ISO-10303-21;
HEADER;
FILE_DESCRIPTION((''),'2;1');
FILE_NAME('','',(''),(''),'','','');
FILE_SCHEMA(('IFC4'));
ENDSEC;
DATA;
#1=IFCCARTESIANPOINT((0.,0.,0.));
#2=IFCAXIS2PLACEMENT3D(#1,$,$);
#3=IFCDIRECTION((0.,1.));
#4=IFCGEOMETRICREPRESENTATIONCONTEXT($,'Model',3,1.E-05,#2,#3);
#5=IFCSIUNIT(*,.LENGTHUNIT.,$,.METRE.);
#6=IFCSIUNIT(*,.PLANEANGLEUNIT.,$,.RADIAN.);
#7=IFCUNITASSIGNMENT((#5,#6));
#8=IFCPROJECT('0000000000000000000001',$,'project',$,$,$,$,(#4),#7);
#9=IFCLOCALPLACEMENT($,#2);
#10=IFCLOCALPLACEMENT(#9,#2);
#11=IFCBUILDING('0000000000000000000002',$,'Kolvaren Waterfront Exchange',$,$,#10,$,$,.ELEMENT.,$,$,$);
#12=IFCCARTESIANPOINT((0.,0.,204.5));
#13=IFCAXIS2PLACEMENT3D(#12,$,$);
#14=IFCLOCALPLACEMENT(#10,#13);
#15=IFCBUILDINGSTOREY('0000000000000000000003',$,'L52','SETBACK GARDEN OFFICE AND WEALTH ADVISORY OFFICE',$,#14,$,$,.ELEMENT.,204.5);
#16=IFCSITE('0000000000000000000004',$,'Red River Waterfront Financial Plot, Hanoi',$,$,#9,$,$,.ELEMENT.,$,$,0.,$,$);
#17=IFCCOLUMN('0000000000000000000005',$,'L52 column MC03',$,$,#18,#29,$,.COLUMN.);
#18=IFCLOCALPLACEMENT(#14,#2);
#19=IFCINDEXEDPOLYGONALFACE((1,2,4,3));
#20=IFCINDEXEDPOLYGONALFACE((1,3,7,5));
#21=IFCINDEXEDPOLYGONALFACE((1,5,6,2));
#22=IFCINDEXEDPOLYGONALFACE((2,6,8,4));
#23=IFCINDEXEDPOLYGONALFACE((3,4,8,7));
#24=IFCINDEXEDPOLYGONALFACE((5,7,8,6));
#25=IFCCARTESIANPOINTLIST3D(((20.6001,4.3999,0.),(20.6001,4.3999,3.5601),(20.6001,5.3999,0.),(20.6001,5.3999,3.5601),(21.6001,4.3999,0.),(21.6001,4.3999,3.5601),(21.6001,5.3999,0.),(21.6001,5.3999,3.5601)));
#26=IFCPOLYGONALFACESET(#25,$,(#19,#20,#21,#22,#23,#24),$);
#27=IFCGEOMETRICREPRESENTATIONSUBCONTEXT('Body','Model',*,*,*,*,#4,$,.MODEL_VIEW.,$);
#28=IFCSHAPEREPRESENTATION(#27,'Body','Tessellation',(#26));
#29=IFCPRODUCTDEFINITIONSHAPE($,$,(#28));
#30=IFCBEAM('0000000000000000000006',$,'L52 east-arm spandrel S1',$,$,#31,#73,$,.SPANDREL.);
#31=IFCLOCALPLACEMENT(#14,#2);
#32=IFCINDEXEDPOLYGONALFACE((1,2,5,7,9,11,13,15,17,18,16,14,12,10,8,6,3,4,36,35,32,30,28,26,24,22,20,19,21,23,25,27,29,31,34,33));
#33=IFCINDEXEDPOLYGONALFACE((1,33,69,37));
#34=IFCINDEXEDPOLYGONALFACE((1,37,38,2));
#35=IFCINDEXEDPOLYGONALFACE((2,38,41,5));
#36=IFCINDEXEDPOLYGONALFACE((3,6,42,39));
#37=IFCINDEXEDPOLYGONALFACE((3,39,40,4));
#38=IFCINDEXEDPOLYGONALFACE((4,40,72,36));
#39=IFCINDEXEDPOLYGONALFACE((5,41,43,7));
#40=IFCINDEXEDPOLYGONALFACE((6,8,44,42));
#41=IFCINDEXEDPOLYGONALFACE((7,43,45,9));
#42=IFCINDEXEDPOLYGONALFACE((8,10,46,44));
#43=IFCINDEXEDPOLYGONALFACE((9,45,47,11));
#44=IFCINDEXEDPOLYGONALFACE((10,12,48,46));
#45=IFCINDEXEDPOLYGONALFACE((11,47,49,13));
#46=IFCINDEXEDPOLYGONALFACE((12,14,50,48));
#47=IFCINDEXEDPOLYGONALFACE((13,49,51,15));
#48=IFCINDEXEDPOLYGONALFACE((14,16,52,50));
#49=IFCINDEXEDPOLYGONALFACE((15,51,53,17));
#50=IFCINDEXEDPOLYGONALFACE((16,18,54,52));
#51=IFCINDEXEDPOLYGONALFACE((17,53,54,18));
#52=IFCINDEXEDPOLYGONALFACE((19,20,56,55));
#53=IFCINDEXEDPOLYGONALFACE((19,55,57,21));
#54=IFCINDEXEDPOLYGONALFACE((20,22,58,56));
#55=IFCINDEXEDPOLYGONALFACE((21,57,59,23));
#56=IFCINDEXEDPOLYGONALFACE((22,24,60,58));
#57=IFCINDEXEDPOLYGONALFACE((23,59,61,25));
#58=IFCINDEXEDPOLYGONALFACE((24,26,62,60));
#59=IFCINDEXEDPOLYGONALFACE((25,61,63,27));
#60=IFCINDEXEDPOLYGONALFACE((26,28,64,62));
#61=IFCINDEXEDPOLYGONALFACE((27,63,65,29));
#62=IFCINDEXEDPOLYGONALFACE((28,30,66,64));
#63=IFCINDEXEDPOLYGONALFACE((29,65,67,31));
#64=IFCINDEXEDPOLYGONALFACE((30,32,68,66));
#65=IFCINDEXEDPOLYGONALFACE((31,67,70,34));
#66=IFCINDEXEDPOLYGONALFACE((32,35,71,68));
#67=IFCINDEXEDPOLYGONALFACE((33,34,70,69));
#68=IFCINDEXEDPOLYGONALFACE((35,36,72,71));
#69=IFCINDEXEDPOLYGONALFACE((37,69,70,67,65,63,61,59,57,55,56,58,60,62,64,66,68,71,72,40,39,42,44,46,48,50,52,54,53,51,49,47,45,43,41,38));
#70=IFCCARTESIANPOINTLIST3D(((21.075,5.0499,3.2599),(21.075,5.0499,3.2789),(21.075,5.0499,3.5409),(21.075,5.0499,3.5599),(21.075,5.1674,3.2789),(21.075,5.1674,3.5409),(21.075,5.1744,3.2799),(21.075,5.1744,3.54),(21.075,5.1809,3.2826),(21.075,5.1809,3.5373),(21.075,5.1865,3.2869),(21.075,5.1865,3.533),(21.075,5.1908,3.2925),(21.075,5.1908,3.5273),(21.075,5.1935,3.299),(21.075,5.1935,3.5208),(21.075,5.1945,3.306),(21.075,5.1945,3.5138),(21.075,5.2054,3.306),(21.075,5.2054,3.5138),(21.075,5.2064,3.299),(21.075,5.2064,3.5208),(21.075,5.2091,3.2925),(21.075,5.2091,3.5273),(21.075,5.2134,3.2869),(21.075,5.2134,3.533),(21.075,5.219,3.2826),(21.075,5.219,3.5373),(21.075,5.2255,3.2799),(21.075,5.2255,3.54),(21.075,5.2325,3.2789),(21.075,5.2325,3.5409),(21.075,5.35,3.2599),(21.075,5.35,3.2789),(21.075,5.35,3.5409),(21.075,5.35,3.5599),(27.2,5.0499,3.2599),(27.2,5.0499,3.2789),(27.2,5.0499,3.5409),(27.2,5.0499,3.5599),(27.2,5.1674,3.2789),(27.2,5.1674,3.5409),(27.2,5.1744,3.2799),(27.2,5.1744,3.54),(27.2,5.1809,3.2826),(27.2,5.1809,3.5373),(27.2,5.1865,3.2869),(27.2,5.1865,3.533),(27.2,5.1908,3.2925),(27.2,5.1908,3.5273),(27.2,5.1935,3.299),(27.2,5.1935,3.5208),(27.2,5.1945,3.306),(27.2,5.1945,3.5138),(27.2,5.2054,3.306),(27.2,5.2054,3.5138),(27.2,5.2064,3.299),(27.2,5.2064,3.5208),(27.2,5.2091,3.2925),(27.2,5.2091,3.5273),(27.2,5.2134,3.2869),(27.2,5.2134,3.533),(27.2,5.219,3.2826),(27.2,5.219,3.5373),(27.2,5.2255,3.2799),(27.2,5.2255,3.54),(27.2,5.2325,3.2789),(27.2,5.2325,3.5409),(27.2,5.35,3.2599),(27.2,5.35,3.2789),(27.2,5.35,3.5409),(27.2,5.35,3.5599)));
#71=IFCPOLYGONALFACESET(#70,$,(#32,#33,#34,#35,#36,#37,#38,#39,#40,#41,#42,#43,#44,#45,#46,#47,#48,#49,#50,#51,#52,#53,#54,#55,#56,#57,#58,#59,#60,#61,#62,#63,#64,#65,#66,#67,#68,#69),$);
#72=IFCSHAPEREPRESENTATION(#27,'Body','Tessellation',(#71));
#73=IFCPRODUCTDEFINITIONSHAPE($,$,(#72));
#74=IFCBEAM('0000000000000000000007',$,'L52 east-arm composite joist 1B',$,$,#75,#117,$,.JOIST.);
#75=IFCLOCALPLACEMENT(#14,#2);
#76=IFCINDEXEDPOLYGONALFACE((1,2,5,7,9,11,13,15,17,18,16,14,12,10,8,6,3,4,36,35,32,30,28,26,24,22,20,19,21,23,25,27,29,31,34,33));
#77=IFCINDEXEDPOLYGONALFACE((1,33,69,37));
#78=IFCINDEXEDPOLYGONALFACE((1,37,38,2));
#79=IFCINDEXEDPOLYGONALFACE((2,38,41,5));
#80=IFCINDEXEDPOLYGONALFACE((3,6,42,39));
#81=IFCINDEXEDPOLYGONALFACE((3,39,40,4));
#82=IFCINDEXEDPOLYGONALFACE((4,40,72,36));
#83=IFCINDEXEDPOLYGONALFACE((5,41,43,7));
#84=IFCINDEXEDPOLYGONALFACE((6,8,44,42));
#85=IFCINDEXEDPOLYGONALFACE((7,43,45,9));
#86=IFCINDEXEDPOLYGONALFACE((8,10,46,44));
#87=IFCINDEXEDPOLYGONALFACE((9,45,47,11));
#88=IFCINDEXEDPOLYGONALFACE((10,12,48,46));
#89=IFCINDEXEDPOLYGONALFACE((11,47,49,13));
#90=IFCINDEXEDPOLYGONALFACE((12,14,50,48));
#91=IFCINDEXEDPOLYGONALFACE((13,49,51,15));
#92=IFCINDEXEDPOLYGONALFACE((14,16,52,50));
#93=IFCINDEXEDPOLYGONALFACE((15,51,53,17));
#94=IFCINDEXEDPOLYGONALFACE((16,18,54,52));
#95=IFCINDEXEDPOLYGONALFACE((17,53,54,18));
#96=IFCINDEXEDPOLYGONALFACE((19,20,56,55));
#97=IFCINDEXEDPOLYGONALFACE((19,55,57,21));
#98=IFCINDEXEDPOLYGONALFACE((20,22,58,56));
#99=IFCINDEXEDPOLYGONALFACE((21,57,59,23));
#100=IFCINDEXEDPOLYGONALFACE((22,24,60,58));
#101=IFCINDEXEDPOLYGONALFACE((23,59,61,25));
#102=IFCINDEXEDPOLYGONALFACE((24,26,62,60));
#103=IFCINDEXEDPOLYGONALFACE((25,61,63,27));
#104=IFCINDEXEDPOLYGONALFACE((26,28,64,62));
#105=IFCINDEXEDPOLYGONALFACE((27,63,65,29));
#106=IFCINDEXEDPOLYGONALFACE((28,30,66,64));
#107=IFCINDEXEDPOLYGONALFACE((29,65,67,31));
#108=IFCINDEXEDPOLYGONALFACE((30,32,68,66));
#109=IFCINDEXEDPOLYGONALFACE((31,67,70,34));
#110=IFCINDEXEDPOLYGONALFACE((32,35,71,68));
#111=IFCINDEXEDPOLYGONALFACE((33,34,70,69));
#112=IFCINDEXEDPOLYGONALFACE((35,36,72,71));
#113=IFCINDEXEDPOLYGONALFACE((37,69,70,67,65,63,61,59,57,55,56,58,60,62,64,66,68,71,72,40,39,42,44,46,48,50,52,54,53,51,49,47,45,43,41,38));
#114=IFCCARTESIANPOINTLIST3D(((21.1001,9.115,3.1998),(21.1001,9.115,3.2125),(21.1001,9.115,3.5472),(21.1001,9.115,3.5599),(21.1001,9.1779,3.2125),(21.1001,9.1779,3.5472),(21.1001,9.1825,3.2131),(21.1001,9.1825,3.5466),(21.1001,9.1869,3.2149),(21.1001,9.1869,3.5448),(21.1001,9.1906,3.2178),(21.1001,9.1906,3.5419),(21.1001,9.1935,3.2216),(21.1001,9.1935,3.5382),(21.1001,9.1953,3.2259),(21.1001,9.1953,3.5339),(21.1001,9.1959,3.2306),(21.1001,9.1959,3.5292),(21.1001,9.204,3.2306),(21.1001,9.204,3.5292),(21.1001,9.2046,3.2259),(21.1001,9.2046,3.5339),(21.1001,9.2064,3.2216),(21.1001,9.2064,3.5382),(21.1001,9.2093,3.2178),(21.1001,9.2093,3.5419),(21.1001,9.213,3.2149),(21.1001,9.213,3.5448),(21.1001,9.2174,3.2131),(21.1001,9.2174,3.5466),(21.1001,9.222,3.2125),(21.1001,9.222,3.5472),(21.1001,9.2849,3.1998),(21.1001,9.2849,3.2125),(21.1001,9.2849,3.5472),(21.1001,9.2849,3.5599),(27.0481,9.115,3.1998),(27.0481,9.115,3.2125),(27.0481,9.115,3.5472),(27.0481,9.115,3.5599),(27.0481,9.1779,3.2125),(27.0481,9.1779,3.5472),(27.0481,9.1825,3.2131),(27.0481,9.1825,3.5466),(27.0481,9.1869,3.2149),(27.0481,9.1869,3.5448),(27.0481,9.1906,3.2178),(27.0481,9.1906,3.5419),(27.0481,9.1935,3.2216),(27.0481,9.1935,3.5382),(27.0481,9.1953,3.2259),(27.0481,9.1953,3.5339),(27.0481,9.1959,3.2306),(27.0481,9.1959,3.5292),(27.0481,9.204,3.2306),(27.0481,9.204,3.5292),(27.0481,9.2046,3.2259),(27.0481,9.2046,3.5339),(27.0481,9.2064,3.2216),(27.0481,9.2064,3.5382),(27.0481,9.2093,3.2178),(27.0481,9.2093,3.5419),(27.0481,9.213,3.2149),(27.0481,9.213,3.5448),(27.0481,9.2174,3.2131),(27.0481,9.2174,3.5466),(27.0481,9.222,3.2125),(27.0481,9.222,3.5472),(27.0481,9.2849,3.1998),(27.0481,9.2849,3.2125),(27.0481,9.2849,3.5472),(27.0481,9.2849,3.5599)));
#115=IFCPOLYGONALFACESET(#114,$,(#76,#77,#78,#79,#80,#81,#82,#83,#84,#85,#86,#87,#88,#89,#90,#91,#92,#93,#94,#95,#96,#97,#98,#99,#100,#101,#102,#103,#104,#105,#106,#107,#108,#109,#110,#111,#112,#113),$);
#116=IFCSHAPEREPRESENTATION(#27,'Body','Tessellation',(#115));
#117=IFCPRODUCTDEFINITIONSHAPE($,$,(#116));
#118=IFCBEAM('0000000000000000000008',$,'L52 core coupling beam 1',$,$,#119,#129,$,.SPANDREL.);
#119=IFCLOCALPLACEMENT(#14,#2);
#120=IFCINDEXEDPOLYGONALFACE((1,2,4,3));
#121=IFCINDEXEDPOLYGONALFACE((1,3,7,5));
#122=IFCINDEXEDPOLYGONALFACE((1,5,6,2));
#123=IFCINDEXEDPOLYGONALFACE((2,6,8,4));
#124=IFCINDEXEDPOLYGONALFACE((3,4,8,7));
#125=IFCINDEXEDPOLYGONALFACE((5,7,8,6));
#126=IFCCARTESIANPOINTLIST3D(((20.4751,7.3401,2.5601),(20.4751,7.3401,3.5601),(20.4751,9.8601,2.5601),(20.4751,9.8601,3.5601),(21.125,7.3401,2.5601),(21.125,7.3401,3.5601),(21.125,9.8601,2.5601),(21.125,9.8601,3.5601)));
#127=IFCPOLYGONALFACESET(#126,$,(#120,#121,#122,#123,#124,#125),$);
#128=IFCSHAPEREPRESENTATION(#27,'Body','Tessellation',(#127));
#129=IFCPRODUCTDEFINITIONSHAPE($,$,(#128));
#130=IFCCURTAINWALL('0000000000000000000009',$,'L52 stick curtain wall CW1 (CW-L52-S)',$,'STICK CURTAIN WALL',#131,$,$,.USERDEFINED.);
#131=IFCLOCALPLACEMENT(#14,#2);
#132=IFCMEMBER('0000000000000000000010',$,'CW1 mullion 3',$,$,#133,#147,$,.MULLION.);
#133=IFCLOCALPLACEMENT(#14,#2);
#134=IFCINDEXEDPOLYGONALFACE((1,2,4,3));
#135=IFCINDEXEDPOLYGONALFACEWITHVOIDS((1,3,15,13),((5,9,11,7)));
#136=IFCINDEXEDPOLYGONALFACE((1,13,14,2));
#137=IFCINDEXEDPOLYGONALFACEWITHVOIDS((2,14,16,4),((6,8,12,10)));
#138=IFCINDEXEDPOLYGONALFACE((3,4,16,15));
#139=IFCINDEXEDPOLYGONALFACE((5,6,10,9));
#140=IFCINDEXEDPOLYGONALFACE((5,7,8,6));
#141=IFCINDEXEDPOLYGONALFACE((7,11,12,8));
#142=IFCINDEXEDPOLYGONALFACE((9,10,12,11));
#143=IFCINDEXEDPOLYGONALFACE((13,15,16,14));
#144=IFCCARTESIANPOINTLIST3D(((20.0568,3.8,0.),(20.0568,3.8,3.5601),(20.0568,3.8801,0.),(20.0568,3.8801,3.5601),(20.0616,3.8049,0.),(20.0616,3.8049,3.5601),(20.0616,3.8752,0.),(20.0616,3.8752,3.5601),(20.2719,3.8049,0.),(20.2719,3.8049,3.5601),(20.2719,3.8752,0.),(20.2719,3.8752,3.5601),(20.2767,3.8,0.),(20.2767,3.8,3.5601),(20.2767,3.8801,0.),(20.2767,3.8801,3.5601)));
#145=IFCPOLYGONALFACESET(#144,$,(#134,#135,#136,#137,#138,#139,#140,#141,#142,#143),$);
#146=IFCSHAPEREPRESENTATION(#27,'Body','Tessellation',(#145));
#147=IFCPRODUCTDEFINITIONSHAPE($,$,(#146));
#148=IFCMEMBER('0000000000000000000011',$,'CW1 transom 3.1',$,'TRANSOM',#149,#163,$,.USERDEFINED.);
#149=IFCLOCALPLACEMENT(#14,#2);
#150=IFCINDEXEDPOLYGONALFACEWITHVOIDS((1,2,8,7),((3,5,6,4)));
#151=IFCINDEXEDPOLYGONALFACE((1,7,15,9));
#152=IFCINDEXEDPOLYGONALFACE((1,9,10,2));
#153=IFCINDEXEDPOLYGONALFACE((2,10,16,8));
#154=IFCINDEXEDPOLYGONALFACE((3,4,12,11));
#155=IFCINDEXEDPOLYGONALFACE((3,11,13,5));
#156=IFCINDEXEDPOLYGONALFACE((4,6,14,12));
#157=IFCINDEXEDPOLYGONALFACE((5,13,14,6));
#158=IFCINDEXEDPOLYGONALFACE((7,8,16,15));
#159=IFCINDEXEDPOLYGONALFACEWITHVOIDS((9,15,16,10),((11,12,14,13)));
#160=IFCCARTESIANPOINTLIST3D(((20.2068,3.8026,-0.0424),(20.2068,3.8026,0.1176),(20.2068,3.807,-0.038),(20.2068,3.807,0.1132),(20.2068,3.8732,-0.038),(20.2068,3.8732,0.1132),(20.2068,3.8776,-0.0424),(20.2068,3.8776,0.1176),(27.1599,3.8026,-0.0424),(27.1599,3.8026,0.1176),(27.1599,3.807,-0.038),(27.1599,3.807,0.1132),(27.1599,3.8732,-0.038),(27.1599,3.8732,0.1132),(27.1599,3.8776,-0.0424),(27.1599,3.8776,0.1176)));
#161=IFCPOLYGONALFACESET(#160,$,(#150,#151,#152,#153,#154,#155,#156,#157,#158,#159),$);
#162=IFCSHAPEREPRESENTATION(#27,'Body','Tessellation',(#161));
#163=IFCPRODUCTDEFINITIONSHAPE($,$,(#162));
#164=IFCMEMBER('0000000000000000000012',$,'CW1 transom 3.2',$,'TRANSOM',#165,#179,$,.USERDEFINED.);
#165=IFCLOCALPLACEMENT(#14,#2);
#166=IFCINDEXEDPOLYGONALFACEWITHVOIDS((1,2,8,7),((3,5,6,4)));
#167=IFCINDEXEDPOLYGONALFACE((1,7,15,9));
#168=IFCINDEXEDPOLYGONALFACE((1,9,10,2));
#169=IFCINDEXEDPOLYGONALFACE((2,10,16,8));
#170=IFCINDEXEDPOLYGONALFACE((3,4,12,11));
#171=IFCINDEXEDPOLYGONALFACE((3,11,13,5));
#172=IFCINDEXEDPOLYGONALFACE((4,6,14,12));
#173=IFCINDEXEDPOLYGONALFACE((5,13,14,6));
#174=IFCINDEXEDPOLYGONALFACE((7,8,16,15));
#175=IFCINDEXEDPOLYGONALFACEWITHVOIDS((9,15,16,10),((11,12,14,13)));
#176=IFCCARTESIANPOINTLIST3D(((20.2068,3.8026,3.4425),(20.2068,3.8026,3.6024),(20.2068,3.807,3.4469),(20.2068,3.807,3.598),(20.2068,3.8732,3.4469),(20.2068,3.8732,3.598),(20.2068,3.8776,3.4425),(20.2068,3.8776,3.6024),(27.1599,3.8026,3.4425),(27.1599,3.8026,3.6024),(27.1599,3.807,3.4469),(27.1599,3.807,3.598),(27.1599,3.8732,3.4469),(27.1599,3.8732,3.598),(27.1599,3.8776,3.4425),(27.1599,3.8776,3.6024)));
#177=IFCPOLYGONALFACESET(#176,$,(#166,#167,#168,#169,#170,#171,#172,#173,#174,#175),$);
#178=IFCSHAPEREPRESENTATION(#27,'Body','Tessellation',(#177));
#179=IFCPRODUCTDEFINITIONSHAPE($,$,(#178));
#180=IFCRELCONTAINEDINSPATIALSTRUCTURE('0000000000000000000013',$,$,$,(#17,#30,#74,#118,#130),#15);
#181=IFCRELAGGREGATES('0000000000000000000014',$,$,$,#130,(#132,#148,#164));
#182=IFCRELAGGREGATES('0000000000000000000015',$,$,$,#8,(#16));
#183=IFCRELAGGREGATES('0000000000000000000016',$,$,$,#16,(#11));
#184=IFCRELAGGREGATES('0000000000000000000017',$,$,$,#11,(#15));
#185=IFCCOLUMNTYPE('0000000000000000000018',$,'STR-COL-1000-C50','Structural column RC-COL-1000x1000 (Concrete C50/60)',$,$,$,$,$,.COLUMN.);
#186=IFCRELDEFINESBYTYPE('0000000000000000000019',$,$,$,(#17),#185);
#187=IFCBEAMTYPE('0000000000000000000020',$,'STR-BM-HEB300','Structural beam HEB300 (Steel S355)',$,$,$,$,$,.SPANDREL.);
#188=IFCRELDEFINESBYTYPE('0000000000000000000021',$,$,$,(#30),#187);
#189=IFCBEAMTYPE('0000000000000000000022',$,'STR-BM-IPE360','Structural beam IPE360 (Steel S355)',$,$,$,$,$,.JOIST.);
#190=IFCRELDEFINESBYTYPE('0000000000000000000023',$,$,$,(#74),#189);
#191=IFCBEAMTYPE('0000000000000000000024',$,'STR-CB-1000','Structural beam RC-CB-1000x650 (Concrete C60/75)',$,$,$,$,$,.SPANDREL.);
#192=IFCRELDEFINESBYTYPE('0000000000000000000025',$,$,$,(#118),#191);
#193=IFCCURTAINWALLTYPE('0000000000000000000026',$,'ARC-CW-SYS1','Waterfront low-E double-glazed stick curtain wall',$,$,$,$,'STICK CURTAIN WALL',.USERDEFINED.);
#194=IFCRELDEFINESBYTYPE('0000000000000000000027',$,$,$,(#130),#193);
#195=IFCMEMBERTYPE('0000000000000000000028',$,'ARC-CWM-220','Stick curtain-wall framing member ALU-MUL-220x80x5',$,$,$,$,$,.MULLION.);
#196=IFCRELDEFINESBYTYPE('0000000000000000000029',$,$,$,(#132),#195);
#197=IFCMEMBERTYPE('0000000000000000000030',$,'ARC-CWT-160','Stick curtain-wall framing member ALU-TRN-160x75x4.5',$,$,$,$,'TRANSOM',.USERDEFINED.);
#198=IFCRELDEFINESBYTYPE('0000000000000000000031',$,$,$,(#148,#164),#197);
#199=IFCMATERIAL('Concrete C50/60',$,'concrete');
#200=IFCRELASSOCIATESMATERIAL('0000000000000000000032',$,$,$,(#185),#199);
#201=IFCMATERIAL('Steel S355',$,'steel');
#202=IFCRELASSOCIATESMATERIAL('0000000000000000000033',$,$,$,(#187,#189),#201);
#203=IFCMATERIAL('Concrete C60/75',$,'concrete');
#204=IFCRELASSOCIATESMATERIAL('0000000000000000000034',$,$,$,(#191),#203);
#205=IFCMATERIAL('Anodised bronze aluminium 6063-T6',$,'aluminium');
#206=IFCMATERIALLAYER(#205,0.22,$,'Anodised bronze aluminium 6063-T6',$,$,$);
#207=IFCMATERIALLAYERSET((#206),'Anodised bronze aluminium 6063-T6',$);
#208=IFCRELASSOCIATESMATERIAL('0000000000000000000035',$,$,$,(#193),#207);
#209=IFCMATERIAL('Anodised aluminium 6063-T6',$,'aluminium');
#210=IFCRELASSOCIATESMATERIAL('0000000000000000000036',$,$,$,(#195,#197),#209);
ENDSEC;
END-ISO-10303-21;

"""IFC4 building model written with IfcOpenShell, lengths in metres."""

from ifc_helpers import new_model, si_unit, direction, frame, origin, origin_with_axes, origin_2d, place, context, subcontext, project, spatial, rectangle, hollow_rectangle, i_section, extrude, source, transform, mapped, material, layer, layer_set, material_profile, profile_set, type_object, element, aggregate, save


model = new_model("IFC4")

# Units and contexts
model_context = context("Model", 3, precision=1e-05, world=origin(), true_north=direction((0.0, 1.0)))
body_context = subcontext(model_context, "Body", "Model", "MODEL_VIEW")
ifc_project = project(units=[si_unit("LENGTHUNIT", "METRE"), si_unit("PLANEANGLEUNIT", "RADIAN")], contexts=[model_context])

# Site, building, storey
site_placement = place(None, origin())
site = spatial("IfcSite", under=ifc_project, at=site_placement, Name="Red River Waterfront Financial Plot, Hanoi", CompositionType="ELEMENT", RefElevation=0.0)
building_placement = place(site_placement, origin())
building = spatial("IfcBuilding", under=site, at=building_placement, Name="Kolvaren Waterfront Exchange", CompositionType="ELEMENT")
storey_placement = place(building_placement, frame((0.0, 0.0, 204.5)))
storey = spatial("IfcBuildingStorey", under=building, at=storey_placement, Name="L52", Description="SETBACK GARDEN OFFICE AND WEALTH ADVISORY OFFICE", CompositionType="ELEMENT", Elevation=204.5)

# Column
ifc_material_1 = material(Name="Concrete C50/60", Category="concrete")
ifc_material_profile_1 = material_profile(ifc_material_1, rectangle(XDim=1.0, YDim=1.0, at=origin_2d()), Name="RC-COL-1000x1000")
ifc_profile_set_1 = profile_set([ifc_material_profile_1], Name="Concrete C50/60")
column_type = type_object("IfcColumnType", Name="STR-COL-1000-C50", Description="Structural column RC-COL-1000x1000 (Concrete C50/60)", PredefinedType="COLUMN", material=ifc_profile_set_1)
column_placement = place(storey_placement, frame((21.1001, 4.8999, 0.0), z_axis=(0.0, 0.0, 1.0), x_axis=(1.0, 0.0, 0.0)))
element("IfcColumn", 1, at=column_placement, inside=storey, type_object=column_type, Name="L52 column MC03", PredefinedType="COLUMN", context=body_context, shape_type="SweptSolid", body=[
    extrude(rectangle(XDim=1.0, YDim=1.0, at=origin_2d()), origin(), (0.0, 0.0, 1.0), 3.5601),
])

# Beams
ifc_material_2 = material(Name="Steel S355", Category="steel")
ifc_material_profile_2 = material_profile(ifc_material_2, i_section(OverallWidth=0.3, OverallDepth=0.3, WebThickness=0.011, FlangeThickness=0.019, FilletRadius=0.0271, at=origin_2d()), Name="HEB300")
ifc_profile_set_2 = profile_set([ifc_material_profile_2], Name="Steel S355")
beam_type_1 = type_object("IfcBeamType", Name="STR-BM-HEB300", Description="Structural beam HEB300 (Steel S355)", PredefinedType="SPANDREL", material=ifc_profile_set_2)
beam_1_placement = place(storey_placement, frame((21.075, 5.2, 3.4099), z_axis=(1.0, 0.0, 0.0), x_axis=(0.0, 1.0, 0.0)))
element("IfcBeam", 2, at=beam_1_placement, inside=storey, type_object=beam_type_1, Name="L52 east-arm spandrel S1", PredefinedType="SPANDREL", context=body_context, shape_type="SweptSolid", body=[
    extrude(i_section(OverallWidth=0.3, OverallDepth=0.3, WebThickness=0.011, FlangeThickness=0.019, FilletRadius=0.0271, at=origin_2d()), origin(), (0.0, 0.0, 1.0), 6.125),
])
ifc_material_profile_3 = material_profile(ifc_material_2, i_section(OverallWidth=0.1699, OverallDepth=0.3601, WebThickness=0.0081, FlangeThickness=0.0127, FilletRadius=0.0181, at=origin_2d()), Name="IPE360")
ifc_profile_set_3 = profile_set([ifc_material_profile_3], Name="Steel S355")
beam_type_2 = type_object("IfcBeamType", Name="STR-BM-IPE360", Description="Structural beam IPE360 (Steel S355)", PredefinedType="JOIST", material=ifc_profile_set_3)
beam_2_placement = place(storey_placement, frame((21.1001, 9.2, 3.3799), z_axis=(1.0, 0.0, 0.0), x_axis=(0.0, 1.0, 0.0)))
element("IfcBeam", 3, at=beam_2_placement, inside=storey, type_object=beam_type_2, Name="L52 east-arm composite joist 1B", PredefinedType="JOIST", context=body_context, shape_type="SweptSolid", body=[
    extrude(i_section(OverallWidth=0.1699, OverallDepth=0.3601, WebThickness=0.0081, FlangeThickness=0.0127, FilletRadius=0.0181, at=origin_2d()), origin(), (0.0, 0.0, 1.0), 5.948),
])
ifc_material_3 = material(Name="Concrete C60/75", Category="concrete")
ifc_material_profile_4 = material_profile(ifc_material_3, rectangle(XDim=0.6499, YDim=1.0, at=origin_2d()), Name="RC-CB-1000x650")
ifc_profile_set_4 = profile_set([ifc_material_profile_4], Name="Concrete C60/75")
beam_type_3 = type_object("IfcBeamType", Name="STR-CB-1000", Description="Structural beam RC-CB-1000x650 (Concrete C60/75)", PredefinedType="SPANDREL", material=ifc_profile_set_4)
beam_3_placement = place(storey_placement, frame((20.8, 7.3401, 3.0601), z_axis=(0.0, 1.0, 0.0), x_axis=(-1.0, 0.0, 0.0)))
element("IfcBeam", 4, at=beam_3_placement, inside=storey, type_object=beam_type_3, Name="L52 core coupling beam 1", PredefinedType="SPANDREL", context=body_context, shape_type="SweptSolid", body=[
    extrude(rectangle(XDim=0.6499, YDim=1.0, at=origin_2d()), origin(), (0.0, 0.0, 1.0), 2.52),
])

# Curtain wall, members
ifc_material_4 = material(Name="Anodised bronze aluminium 6063-T6", Category="aluminium")
ifc_layer_1 = layer(ifc_material_4, 0.22, Name="Anodised bronze aluminium 6063-T6")
ifc_layer_set_1 = layer_set([ifc_layer_1], Name="Anodised bronze aluminium 6063-T6")
curtain_wall_type = type_object("IfcCurtainWallType", Name="ARC-CW-SYS1", Description="Waterfront low-E double-glazed stick curtain wall", ElementType="STICK CURTAIN WALL", PredefinedType="USERDEFINED", material=ifc_layer_set_1)
curtain_wall_placement = place(storey_placement, origin())
curtain_wall = element("IfcCurtainWall", 5, at=curtain_wall_placement, inside=storey, type_object=curtain_wall_type, Name="L52 stick curtain wall CW1 (CW-L52-S)", ObjectType="STICK CURTAIN WALL", PredefinedType="USERDEFINED")
ifc_material_5 = material(Name="Anodised aluminium 6063-T6", Category="aluminium")
ifc_material_profile_5 = material_profile(ifc_material_5, hollow_rectangle(XDim=0.0801, YDim=0.22, WallThickness=0.0049, at=origin_2d()), Name="ALU-MUL-220x80x5")
ifc_profile_set_5 = profile_set([ifc_material_profile_5], Name="Anodised aluminium 6063-T6")
member_type_1 = type_object("IfcMemberType", Name="ARC-CWM-220", Description="Stick curtain-wall framing member ALU-MUL-220x80x5", PredefinedType="MULLION", material=ifc_profile_set_5)
shared_shape_1 = source(origin_with_axes(), body_context, "Body", "SweptSolid", [
    extrude(hollow_rectangle(XDim=0.0801, YDim=0.22, WallThickness=0.0049, at=origin_2d()), origin(), (0.0, 0.0, 1.0), 3.5601),
])
member_1_placement = place(storey_placement, frame((20.1667, 3.8401, 0.0), z_axis=(0.0, 0.0, 1.0), x_axis=(0.0, 1.0, 0.0)))
member_1 = element("IfcMember", 6, at=member_1_placement, type_object=member_type_1, Name="CW1 mullion 3", PredefinedType="MULLION", context=body_context, shape_type="MappedRepresentation", body=[
    mapped(shared_shape_1, transform((0.0, 0.0, 0.0), x_axis=(1.0, 0.0, 0.0), y_axis=(0.0, 1.0, 0.0), z_axis=(0.0, 0.0, 1.0), scale=1.0)),
])
ifc_material_profile_6 = material_profile(ifc_material_5, hollow_rectangle(XDim=0.075, YDim=0.1599, WallThickness=0.0044, at=origin_2d()), Name="ALU-TRN-160x75x4.5")
ifc_profile_set_6 = profile_set([ifc_material_profile_6], Name="Anodised aluminium 6063-T6")
member_type_2 = type_object("IfcMemberType", Name="ARC-CWT-160", Description="Stick curtain-wall framing member ALU-TRN-160x75x4.5", ElementType="TRANSOM", PredefinedType="USERDEFINED", material=ifc_profile_set_6)
shared_shape_2 = source(origin_with_axes(), body_context, "Body", "SweptSolid", [
    extrude(hollow_rectangle(XDim=0.075, YDim=0.1599, WallThickness=0.0044, at=origin_2d()), origin(), (0.0, 0.0, 1.0), 6.9531),
])
member_2_placement = place(storey_placement, frame((20.2068, 3.8401, 0.0376), z_axis=(1.0, 0.0, 0.0), x_axis=(0.0, 1.0, 0.0)))
member_2 = element("IfcMember", 7, at=member_2_placement, type_object=member_type_2, Name="CW1 transom 3.1", ObjectType="TRANSOM", PredefinedType="USERDEFINED", context=body_context, shape_type="MappedRepresentation", body=[
    mapped(shared_shape_2, transform((0.0, 0.0, 0.0), x_axis=(1.0, 0.0, 0.0), y_axis=(0.0, 1.0, 0.0), z_axis=(0.0, 0.0, 1.0), scale=1.0)),
])
member_3_placement = place(storey_placement, frame((20.2068, 3.8401, 3.5225), z_axis=(1.0, 0.0, 0.0), x_axis=(0.0, 1.0, 0.0)))
member_3 = element("IfcMember", 8, at=member_3_placement, type_object=member_type_2, Name="CW1 transom 3.2", ObjectType="TRANSOM", PredefinedType="USERDEFINED", context=body_context, shape_type="MappedRepresentation", body=[
    mapped(shared_shape_2, transform((0.0, 0.0, 0.0), x_axis=(1.0, 0.0, 0.0), y_axis=(0.0, 1.0, 0.0), z_axis=(0.0, 0.0, 1.0), scale=1.0)),
])
aggregate(curtain_wall, [member_1, member_2, member_3])

save(model, "model.ifc")
